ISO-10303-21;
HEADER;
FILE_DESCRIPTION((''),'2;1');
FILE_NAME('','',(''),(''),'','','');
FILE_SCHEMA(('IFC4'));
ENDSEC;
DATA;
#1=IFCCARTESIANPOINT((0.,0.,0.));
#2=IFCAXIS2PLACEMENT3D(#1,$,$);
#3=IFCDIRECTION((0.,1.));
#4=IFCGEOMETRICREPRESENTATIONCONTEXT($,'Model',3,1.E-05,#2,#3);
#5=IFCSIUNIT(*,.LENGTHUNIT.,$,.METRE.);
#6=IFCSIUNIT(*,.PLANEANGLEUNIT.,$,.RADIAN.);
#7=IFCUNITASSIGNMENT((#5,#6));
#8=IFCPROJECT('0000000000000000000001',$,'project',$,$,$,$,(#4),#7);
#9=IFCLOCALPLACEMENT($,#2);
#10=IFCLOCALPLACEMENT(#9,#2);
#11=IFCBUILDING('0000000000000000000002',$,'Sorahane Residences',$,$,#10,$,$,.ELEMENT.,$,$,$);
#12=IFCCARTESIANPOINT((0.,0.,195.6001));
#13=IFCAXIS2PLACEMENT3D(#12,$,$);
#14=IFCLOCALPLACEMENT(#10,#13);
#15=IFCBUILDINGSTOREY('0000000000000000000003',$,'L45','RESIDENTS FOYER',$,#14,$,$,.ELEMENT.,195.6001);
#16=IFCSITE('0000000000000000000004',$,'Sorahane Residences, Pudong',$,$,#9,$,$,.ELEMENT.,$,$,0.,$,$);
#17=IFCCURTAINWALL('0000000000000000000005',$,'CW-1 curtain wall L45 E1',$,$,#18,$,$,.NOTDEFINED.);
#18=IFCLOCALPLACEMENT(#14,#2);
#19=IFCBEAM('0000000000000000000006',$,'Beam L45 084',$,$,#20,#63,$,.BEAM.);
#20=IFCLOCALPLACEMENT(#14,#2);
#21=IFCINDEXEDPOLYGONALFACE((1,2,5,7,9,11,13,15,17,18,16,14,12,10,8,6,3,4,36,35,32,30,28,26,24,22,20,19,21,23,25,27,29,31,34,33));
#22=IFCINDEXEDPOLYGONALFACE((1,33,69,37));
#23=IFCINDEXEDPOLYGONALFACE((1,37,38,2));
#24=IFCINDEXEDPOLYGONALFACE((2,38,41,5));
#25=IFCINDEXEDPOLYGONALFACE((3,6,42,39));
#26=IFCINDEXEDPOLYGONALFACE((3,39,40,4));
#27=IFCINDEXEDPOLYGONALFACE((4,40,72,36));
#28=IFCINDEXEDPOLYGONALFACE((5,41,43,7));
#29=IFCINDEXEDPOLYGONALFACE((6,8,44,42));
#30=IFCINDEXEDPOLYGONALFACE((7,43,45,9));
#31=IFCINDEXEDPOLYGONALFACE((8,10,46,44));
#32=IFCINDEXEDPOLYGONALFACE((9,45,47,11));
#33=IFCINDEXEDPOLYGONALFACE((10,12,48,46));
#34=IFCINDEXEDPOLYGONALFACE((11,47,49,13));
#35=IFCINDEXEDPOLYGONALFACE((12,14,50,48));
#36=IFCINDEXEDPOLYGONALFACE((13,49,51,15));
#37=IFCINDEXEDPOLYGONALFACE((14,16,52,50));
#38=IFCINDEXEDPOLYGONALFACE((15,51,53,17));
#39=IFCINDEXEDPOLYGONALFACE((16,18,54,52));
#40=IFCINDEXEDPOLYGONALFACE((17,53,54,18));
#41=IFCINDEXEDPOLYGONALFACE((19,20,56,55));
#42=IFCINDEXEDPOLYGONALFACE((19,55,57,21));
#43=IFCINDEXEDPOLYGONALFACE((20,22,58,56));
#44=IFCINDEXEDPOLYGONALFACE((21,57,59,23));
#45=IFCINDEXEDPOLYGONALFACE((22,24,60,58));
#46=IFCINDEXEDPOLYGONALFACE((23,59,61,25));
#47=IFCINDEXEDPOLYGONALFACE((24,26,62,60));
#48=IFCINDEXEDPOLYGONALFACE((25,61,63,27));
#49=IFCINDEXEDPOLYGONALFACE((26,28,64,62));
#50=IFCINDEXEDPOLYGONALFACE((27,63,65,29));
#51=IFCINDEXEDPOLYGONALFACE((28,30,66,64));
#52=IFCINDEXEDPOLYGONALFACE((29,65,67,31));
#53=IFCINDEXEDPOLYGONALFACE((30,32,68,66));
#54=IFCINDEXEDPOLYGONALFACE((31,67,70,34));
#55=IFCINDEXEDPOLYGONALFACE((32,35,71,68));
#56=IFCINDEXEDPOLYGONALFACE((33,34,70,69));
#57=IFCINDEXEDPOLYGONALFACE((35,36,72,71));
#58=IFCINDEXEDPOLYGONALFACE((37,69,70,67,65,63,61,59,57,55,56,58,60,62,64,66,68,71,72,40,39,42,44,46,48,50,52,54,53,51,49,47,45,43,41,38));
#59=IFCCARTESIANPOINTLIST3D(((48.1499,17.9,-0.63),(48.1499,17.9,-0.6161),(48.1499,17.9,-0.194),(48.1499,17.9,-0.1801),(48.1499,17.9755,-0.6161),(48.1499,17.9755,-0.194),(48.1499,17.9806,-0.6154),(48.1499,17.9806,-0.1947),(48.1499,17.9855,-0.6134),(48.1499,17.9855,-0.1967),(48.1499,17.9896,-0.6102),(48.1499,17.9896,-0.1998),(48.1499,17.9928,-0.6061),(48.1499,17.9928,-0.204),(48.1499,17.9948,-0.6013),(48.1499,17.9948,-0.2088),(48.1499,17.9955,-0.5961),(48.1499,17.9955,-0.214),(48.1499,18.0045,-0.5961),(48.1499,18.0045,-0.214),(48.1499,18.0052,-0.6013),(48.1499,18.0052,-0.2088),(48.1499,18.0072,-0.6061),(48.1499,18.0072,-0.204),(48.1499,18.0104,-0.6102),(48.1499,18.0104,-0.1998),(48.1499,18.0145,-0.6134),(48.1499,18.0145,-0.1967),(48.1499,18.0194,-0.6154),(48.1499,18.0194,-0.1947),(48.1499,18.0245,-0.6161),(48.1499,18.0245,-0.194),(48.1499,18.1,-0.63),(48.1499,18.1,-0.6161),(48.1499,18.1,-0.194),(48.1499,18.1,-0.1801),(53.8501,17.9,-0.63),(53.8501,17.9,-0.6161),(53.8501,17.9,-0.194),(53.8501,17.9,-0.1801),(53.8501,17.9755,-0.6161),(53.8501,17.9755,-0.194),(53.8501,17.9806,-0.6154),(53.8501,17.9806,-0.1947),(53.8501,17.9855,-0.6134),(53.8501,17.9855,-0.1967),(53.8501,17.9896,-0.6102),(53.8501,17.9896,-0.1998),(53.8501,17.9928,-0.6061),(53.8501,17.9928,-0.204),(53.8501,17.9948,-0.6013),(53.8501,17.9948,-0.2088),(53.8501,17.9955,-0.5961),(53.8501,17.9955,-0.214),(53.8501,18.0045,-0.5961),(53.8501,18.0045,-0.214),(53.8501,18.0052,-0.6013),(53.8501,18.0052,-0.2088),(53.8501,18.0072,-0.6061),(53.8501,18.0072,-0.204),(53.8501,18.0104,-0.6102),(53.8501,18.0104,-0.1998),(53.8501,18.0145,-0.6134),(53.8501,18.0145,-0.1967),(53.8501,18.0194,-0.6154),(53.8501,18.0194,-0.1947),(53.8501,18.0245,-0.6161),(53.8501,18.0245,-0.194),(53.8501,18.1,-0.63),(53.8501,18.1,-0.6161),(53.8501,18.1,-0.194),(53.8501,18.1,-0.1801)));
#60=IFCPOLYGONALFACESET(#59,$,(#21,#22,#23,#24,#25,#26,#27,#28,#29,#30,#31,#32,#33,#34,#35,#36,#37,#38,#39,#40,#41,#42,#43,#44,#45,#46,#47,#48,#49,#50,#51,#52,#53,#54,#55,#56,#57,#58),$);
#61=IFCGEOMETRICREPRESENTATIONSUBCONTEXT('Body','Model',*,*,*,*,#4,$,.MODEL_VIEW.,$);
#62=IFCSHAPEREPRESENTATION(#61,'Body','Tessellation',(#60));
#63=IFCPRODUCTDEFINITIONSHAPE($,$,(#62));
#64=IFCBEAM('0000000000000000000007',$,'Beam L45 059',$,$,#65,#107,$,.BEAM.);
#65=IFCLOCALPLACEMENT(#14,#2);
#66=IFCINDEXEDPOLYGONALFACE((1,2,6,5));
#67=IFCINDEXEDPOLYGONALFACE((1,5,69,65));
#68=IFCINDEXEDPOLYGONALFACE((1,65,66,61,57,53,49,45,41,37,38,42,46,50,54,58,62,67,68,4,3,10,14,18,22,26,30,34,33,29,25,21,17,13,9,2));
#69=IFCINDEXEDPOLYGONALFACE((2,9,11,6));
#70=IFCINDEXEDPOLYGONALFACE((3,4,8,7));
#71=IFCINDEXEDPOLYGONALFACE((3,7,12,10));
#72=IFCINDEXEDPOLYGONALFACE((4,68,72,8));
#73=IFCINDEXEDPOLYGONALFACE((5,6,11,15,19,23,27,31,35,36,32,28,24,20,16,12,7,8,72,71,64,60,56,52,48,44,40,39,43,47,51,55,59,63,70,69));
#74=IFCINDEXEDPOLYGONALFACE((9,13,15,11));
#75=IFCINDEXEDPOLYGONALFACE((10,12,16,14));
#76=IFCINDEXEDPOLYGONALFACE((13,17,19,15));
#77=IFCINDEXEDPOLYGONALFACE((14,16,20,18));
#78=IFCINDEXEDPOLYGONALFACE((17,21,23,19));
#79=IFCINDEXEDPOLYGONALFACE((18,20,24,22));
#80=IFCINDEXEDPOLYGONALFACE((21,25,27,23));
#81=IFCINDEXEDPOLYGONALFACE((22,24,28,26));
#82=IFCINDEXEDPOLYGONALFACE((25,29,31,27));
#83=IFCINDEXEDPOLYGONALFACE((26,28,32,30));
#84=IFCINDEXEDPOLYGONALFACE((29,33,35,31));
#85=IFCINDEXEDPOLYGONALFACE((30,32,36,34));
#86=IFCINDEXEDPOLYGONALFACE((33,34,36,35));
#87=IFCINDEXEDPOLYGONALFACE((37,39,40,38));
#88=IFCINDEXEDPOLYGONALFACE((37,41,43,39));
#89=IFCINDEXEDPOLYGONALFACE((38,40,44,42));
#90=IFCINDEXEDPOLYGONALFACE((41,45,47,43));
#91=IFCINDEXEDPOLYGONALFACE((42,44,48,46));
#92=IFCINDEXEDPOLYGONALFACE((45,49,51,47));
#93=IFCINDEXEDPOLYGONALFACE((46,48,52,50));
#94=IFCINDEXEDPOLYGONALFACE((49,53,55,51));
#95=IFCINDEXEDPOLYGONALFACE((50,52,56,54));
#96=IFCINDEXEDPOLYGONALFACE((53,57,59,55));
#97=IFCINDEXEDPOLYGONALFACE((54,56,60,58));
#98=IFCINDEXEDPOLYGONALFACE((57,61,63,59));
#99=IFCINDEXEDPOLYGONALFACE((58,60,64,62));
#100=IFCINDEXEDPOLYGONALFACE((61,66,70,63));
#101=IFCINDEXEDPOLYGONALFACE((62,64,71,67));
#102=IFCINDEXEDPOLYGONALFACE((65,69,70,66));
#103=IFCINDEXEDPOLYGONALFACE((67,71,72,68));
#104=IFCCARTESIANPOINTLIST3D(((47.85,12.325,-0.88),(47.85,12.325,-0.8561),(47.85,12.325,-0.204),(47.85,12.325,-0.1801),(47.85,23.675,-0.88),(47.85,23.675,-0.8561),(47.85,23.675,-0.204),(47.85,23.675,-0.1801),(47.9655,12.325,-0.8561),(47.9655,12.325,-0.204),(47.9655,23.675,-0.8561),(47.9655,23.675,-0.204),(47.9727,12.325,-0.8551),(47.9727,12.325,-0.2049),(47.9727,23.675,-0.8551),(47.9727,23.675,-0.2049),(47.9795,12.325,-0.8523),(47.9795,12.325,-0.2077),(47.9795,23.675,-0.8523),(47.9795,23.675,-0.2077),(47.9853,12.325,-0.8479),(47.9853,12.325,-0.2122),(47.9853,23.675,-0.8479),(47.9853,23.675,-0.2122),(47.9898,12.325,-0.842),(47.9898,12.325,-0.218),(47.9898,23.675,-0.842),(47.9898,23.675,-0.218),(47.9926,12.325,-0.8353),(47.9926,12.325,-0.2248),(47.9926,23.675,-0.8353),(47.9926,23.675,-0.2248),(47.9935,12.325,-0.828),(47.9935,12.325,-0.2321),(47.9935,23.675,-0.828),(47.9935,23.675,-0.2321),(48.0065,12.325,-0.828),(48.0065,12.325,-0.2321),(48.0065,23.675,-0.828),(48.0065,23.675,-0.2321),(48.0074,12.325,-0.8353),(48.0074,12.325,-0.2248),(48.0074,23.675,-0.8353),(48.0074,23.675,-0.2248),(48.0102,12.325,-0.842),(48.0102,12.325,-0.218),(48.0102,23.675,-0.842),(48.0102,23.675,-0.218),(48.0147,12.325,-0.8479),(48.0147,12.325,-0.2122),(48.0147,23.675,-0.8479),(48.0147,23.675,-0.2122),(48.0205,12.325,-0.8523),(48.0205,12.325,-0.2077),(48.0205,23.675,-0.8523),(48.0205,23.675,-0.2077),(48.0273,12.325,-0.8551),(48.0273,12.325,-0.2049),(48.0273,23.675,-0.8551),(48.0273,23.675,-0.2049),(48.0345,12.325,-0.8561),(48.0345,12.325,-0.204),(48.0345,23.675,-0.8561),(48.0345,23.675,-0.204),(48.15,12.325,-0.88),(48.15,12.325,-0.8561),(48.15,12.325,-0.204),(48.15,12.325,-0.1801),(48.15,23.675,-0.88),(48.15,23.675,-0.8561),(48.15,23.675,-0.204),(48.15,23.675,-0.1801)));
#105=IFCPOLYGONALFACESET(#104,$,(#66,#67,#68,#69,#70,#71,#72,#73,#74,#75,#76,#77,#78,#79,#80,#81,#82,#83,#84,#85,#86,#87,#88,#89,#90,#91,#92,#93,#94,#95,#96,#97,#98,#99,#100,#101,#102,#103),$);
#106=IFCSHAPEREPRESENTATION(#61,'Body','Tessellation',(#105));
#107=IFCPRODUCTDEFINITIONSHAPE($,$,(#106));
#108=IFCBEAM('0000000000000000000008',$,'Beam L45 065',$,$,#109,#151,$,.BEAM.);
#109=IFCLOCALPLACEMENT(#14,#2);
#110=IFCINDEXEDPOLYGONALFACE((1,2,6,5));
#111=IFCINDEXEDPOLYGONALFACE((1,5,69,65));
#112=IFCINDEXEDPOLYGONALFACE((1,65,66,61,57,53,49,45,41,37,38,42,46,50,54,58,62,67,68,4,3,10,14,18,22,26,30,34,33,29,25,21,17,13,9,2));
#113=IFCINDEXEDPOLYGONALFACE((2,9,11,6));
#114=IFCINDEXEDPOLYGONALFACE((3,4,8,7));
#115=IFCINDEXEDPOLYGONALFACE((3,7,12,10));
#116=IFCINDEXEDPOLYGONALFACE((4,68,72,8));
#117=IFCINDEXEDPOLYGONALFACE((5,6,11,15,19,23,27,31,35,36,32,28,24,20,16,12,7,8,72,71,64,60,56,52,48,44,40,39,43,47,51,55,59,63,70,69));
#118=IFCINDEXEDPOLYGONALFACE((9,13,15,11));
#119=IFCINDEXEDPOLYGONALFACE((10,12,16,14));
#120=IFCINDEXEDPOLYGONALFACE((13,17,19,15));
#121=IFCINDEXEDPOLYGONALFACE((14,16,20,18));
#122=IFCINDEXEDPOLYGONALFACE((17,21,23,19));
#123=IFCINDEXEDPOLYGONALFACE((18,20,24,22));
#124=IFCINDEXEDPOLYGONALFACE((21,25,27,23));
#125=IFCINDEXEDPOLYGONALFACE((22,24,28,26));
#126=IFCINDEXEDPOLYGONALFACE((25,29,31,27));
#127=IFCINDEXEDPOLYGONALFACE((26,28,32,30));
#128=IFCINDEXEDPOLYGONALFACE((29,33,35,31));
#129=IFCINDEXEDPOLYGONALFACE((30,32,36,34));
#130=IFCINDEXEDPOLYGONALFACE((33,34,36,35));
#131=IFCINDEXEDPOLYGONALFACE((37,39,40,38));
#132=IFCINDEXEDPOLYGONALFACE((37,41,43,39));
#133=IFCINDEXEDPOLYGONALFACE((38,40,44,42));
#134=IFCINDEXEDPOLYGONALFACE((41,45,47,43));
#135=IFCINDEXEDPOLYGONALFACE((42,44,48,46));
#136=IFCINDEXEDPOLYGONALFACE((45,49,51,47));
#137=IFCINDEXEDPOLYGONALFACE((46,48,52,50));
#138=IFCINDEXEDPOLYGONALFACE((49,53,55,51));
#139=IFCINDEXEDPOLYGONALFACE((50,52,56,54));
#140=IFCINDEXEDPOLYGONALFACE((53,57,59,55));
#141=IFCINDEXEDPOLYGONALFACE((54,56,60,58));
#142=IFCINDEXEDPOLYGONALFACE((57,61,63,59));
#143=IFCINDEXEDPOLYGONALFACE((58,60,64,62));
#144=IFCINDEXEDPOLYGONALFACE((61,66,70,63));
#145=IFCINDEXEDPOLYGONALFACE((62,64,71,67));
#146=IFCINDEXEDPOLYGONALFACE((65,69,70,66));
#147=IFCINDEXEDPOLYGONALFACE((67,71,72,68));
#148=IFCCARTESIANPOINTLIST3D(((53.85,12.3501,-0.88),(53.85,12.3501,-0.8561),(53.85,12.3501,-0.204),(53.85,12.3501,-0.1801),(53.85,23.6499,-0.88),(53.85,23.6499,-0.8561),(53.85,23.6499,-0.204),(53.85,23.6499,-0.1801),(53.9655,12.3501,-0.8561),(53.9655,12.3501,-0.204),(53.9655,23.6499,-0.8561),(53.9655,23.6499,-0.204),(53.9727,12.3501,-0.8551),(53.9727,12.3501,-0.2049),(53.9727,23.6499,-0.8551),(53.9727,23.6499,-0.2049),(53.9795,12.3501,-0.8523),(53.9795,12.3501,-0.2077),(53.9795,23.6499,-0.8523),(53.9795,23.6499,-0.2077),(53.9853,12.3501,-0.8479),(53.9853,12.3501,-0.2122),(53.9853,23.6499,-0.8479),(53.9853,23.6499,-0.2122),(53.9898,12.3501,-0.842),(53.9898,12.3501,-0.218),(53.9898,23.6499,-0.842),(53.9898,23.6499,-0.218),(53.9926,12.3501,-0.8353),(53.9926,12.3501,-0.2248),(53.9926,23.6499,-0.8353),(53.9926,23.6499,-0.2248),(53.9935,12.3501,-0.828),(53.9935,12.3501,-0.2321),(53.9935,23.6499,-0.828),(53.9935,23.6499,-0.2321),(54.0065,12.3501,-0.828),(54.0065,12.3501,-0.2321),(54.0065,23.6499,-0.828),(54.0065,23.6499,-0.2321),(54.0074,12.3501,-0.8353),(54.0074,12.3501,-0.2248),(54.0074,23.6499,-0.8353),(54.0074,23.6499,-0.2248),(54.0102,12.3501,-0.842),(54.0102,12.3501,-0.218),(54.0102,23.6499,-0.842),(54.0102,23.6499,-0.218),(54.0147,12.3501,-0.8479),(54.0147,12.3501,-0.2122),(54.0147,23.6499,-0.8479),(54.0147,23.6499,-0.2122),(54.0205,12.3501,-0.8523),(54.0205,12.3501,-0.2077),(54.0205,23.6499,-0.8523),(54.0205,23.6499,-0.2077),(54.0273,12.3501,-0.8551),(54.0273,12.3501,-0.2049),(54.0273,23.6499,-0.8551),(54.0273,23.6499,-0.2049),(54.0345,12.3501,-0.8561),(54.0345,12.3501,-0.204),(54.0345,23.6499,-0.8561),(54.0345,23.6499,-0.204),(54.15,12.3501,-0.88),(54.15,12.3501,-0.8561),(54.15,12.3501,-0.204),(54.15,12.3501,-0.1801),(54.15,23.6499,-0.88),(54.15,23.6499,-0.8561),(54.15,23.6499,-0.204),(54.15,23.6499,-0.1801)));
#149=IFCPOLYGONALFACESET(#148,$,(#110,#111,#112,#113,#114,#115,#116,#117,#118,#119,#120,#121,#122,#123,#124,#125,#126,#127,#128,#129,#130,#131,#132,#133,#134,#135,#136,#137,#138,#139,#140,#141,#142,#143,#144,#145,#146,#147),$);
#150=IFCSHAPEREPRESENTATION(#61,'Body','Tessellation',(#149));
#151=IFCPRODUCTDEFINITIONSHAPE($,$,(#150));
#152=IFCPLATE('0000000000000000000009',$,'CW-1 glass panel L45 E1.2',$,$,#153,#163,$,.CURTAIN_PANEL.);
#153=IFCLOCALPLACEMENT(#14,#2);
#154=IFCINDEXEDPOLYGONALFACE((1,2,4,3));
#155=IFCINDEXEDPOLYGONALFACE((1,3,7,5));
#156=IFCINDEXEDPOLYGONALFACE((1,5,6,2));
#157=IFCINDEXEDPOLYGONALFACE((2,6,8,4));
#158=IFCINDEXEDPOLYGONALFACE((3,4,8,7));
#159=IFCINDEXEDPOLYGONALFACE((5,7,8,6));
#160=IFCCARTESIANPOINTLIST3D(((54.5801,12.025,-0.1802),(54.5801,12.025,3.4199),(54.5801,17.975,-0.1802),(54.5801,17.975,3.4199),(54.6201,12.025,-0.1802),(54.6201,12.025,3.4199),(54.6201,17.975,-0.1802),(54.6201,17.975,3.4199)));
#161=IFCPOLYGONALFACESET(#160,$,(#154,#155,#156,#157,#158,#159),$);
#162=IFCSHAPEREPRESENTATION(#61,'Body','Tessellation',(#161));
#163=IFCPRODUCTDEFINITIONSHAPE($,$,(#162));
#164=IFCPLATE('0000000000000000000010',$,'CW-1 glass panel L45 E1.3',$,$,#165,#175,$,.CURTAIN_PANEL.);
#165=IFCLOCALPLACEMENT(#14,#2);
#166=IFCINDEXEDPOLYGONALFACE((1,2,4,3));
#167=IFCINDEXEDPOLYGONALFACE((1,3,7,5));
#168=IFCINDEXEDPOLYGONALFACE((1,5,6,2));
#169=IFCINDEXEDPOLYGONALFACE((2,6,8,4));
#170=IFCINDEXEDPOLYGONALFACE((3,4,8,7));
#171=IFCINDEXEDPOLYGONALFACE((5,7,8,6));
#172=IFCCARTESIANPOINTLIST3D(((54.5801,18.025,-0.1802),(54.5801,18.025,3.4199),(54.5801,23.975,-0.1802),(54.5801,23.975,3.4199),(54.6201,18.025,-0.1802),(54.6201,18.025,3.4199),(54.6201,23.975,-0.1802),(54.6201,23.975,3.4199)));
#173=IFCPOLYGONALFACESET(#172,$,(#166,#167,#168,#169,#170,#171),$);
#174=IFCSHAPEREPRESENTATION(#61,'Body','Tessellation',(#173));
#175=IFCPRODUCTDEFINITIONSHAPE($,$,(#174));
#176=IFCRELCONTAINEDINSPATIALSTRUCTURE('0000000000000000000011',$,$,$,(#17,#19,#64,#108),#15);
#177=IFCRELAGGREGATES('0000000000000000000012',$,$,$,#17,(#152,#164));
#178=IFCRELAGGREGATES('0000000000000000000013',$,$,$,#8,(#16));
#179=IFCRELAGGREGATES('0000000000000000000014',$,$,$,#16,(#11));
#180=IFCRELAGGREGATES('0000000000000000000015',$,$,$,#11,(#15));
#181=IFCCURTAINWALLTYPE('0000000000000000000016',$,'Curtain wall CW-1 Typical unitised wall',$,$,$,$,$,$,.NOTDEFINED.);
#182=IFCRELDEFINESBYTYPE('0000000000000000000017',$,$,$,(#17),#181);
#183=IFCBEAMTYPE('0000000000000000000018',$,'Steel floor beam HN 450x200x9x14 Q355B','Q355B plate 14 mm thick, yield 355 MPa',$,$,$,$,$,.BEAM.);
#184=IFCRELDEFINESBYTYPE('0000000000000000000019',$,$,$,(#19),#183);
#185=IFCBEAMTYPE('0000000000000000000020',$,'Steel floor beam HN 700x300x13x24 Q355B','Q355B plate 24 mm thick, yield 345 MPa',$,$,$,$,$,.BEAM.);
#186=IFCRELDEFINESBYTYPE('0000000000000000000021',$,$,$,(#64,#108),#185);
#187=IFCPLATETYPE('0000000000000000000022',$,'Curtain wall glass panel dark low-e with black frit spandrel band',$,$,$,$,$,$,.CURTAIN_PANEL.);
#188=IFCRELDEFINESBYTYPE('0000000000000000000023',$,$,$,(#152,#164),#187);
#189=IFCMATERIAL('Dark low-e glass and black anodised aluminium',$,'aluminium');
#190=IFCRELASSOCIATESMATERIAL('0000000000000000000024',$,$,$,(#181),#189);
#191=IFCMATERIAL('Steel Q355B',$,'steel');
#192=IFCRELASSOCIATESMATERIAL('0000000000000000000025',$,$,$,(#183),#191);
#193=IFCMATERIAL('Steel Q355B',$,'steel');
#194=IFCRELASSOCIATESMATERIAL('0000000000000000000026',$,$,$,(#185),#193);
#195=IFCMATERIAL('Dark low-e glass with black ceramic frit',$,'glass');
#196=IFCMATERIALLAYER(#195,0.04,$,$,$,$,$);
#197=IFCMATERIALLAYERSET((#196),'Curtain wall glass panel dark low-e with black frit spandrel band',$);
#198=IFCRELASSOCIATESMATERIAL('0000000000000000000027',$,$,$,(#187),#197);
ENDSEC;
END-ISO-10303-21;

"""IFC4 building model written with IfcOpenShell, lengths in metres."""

from ifc_helpers import new_model, si_unit, direction, frame, origin, origin_2d, place, context, subcontext, project, spatial, rectangle, i_section, extrude, material, layer, layer_set, material_profile, profile_set, type_object, element, aggregate, save


model = new_model("IFC4")

# Units and contexts
model_context = context("Model", 3, precision=1e-05, world=origin(), true_north=direction((0.0, 1.0)))
body_context = subcontext(model_context, "Body", "Model", "MODEL_VIEW")
ifc_project = project(units=[si_unit("LENGTHUNIT", "METRE"), si_unit("PLANEANGLEUNIT", "RADIAN")], contexts=[model_context])

# Site, building, storey
site_placement = place(None, origin())
site = spatial("IfcSite", under=ifc_project, at=site_placement, Name="Sorahane Residences, Pudong", CompositionType="ELEMENT", RefElevation=0.0)
building_placement = place(site_placement, origin())
building = spatial("IfcBuilding", under=site, at=building_placement, Name="Sorahane Residences", CompositionType="ELEMENT")
storey_placement = place(building_placement, frame((0.0, 0.0, 195.6001)))
storey = spatial("IfcBuildingStorey", under=building, at=storey_placement, Name="L45", Description="RESIDENTS FOYER", CompositionType="ELEMENT", Elevation=195.6001)

# Curtain wall
ifc_material_1 = material(Name="Dark low-e glass and black anodised aluminium", Category="aluminium")
curtain_wall_type = type_object("IfcCurtainWallType", Name="Curtain wall CW-1 Typical unitised wall", PredefinedType="NOTDEFINED", material=ifc_material_1)
curtain_wall_placement = place(storey_placement, origin())
curtain_wall = element("IfcCurtainWall", 1, at=curtain_wall_placement, inside=storey, type_object=curtain_wall_type, Name="CW-1 curtain wall L45 E1", PredefinedType="NOTDEFINED")

# Beams
ifc_material_2 = material(Name="Steel Q355B", Category="steel")
ifc_material_profile_1 = material_profile(ifc_material_2, i_section(OverallWidth=0.2, OverallDepth=0.45, WebThickness=0.009, FlangeThickness=0.0139, FilletRadius=0.02, at=origin_2d()), Name="HN 450x200x9x14")
ifc_profile_set_1 = profile_set([ifc_material_profile_1], Name="Steel Q355B")
beam_type_1 = type_object("IfcBeamType", Name="Steel floor beam HN 450x200x9x14 Q355B", Description="Q355B plate 14 mm thick, yield 355 MPa", PredefinedType="BEAM", material=ifc_profile_set_1)
for number, where, z_axis, x_axis, name in (
    (2, (48.1499, 18.0, -0.405), (1.0, 0.0, 0.0), (0.0, 1.0, 0.0), "Beam L45 084"),
):
    element("IfcBeam", number, at=place(storey_placement, frame(where, z_axis=z_axis, x_axis=x_axis)), inside=storey, type_object=beam_type_1, Name=name, PredefinedType="BEAM", context=body_context, shape_type="SweptSolid", body=[
        extrude(i_section(OverallWidth=0.2, OverallDepth=0.45, WebThickness=0.009, FlangeThickness=0.0139, FilletRadius=0.02, at=origin_2d()), origin(), (0.0, 0.0, 1.0), 5.7002),
    ])
ifc_material_3 = material(Name="Steel Q355B", Category="steel")
ifc_material_profile_2 = material_profile(ifc_material_3, i_section(OverallWidth=0.3, OverallDepth=0.7, WebThickness=0.0129, FlangeThickness=0.0239, FilletRadius=0.0281, at=origin_2d()), Name="HN 700x300x13x24")
ifc_profile_set_2 = profile_set([ifc_material_profile_2], Name="Steel Q355B")
beam_type_2 = type_object("IfcBeamType", Name="Steel floor beam HN 700x300x13x24 Q355B", Description="Q355B plate 24 mm thick, yield 345 MPa", PredefinedType="BEAM", material=ifc_profile_set_2)
beam_1_placement = place(storey_placement, frame((48.0, 12.325, -0.53), z_axis=(0.0, 1.0, 0.0), x_axis=(-1.0, 0.0, 0.0)))
element("IfcBeam", 3, at=beam_1_placement, inside=storey, type_object=beam_type_2, Name="Beam L45 059", PredefinedType="BEAM", context=body_context, shape_type="SweptSolid", body=[
    extrude(i_section(OverallWidth=0.3, OverallDepth=0.7, WebThickness=0.0129, FlangeThickness=0.0239, FilletRadius=0.0281, at=origin_2d()), origin(), (0.0, 0.0, 1.0), 11.3501),
])
beam_2_placement = place(storey_placement, frame((54.0, 12.3501, -0.53), z_axis=(0.0, 1.0, 0.0), x_axis=(-1.0, 0.0, 0.0)))
element("IfcBeam", 4, at=beam_2_placement, inside=storey, type_object=beam_type_2, Name="Beam L45 065", PredefinedType="BEAM", context=body_context, shape_type="SweptSolid", body=[
    extrude(i_section(OverallWidth=0.3, OverallDepth=0.7, WebThickness=0.0129, FlangeThickness=0.0239, FilletRadius=0.0281, at=origin_2d()), origin(), (0.0, 0.0, 1.0), 11.2998),
])

# Plates
ifc_material_4 = material(Name="Dark low-e glass with black ceramic frit", Category="glass")
ifc_layer_1 = layer(ifc_material_4, 0.04)
ifc_layer_set_1 = layer_set([ifc_layer_1], Name="Curtain wall glass panel dark low-e with black frit spandrel band")
plate_type = type_object("IfcPlateType", Name="Curtain wall glass panel dark low-e with black frit spandrel band", PredefinedType="CURTAIN_PANEL", material=ifc_layer_set_1)
plate_1_placement = place(storey_placement, frame((54.6001, 15.0, -0.1802), z_axis=(0.0, 0.0, 1.0), x_axis=(0.0, 1.0, 0.0)))
plate_1 = element("IfcPlate", 5, at=plate_1_placement, type_object=plate_type, Name="CW-1 glass panel L45 E1.2", PredefinedType="CURTAIN_PANEL", context=body_context, shape_type="SweptSolid", body=[
    extrude(rectangle(XDim=5.95, YDim=0.04, at=origin_2d()), origin(), (0.0, 0.0, 1.0), 3.6001),
])
plate_2_placement = place(storey_placement, frame((54.6001, 21.0, -0.1802), z_axis=(0.0, 0.0, 1.0), x_axis=(0.0, 1.0, 0.0)))
plate_2 = element("IfcPlate", 6, at=plate_2_placement, type_object=plate_type, Name="CW-1 glass panel L45 E1.3", PredefinedType="CURTAIN_PANEL", context=body_context, shape_type="SweptSolid", body=[
    extrude(rectangle(XDim=5.95, YDim=0.04, at=origin_2d()), origin(), (0.0, 0.0, 1.0), 3.6001),
])
aggregate(curtain_wall, [plate_1, plate_2])

save(model, "model.ifc")
